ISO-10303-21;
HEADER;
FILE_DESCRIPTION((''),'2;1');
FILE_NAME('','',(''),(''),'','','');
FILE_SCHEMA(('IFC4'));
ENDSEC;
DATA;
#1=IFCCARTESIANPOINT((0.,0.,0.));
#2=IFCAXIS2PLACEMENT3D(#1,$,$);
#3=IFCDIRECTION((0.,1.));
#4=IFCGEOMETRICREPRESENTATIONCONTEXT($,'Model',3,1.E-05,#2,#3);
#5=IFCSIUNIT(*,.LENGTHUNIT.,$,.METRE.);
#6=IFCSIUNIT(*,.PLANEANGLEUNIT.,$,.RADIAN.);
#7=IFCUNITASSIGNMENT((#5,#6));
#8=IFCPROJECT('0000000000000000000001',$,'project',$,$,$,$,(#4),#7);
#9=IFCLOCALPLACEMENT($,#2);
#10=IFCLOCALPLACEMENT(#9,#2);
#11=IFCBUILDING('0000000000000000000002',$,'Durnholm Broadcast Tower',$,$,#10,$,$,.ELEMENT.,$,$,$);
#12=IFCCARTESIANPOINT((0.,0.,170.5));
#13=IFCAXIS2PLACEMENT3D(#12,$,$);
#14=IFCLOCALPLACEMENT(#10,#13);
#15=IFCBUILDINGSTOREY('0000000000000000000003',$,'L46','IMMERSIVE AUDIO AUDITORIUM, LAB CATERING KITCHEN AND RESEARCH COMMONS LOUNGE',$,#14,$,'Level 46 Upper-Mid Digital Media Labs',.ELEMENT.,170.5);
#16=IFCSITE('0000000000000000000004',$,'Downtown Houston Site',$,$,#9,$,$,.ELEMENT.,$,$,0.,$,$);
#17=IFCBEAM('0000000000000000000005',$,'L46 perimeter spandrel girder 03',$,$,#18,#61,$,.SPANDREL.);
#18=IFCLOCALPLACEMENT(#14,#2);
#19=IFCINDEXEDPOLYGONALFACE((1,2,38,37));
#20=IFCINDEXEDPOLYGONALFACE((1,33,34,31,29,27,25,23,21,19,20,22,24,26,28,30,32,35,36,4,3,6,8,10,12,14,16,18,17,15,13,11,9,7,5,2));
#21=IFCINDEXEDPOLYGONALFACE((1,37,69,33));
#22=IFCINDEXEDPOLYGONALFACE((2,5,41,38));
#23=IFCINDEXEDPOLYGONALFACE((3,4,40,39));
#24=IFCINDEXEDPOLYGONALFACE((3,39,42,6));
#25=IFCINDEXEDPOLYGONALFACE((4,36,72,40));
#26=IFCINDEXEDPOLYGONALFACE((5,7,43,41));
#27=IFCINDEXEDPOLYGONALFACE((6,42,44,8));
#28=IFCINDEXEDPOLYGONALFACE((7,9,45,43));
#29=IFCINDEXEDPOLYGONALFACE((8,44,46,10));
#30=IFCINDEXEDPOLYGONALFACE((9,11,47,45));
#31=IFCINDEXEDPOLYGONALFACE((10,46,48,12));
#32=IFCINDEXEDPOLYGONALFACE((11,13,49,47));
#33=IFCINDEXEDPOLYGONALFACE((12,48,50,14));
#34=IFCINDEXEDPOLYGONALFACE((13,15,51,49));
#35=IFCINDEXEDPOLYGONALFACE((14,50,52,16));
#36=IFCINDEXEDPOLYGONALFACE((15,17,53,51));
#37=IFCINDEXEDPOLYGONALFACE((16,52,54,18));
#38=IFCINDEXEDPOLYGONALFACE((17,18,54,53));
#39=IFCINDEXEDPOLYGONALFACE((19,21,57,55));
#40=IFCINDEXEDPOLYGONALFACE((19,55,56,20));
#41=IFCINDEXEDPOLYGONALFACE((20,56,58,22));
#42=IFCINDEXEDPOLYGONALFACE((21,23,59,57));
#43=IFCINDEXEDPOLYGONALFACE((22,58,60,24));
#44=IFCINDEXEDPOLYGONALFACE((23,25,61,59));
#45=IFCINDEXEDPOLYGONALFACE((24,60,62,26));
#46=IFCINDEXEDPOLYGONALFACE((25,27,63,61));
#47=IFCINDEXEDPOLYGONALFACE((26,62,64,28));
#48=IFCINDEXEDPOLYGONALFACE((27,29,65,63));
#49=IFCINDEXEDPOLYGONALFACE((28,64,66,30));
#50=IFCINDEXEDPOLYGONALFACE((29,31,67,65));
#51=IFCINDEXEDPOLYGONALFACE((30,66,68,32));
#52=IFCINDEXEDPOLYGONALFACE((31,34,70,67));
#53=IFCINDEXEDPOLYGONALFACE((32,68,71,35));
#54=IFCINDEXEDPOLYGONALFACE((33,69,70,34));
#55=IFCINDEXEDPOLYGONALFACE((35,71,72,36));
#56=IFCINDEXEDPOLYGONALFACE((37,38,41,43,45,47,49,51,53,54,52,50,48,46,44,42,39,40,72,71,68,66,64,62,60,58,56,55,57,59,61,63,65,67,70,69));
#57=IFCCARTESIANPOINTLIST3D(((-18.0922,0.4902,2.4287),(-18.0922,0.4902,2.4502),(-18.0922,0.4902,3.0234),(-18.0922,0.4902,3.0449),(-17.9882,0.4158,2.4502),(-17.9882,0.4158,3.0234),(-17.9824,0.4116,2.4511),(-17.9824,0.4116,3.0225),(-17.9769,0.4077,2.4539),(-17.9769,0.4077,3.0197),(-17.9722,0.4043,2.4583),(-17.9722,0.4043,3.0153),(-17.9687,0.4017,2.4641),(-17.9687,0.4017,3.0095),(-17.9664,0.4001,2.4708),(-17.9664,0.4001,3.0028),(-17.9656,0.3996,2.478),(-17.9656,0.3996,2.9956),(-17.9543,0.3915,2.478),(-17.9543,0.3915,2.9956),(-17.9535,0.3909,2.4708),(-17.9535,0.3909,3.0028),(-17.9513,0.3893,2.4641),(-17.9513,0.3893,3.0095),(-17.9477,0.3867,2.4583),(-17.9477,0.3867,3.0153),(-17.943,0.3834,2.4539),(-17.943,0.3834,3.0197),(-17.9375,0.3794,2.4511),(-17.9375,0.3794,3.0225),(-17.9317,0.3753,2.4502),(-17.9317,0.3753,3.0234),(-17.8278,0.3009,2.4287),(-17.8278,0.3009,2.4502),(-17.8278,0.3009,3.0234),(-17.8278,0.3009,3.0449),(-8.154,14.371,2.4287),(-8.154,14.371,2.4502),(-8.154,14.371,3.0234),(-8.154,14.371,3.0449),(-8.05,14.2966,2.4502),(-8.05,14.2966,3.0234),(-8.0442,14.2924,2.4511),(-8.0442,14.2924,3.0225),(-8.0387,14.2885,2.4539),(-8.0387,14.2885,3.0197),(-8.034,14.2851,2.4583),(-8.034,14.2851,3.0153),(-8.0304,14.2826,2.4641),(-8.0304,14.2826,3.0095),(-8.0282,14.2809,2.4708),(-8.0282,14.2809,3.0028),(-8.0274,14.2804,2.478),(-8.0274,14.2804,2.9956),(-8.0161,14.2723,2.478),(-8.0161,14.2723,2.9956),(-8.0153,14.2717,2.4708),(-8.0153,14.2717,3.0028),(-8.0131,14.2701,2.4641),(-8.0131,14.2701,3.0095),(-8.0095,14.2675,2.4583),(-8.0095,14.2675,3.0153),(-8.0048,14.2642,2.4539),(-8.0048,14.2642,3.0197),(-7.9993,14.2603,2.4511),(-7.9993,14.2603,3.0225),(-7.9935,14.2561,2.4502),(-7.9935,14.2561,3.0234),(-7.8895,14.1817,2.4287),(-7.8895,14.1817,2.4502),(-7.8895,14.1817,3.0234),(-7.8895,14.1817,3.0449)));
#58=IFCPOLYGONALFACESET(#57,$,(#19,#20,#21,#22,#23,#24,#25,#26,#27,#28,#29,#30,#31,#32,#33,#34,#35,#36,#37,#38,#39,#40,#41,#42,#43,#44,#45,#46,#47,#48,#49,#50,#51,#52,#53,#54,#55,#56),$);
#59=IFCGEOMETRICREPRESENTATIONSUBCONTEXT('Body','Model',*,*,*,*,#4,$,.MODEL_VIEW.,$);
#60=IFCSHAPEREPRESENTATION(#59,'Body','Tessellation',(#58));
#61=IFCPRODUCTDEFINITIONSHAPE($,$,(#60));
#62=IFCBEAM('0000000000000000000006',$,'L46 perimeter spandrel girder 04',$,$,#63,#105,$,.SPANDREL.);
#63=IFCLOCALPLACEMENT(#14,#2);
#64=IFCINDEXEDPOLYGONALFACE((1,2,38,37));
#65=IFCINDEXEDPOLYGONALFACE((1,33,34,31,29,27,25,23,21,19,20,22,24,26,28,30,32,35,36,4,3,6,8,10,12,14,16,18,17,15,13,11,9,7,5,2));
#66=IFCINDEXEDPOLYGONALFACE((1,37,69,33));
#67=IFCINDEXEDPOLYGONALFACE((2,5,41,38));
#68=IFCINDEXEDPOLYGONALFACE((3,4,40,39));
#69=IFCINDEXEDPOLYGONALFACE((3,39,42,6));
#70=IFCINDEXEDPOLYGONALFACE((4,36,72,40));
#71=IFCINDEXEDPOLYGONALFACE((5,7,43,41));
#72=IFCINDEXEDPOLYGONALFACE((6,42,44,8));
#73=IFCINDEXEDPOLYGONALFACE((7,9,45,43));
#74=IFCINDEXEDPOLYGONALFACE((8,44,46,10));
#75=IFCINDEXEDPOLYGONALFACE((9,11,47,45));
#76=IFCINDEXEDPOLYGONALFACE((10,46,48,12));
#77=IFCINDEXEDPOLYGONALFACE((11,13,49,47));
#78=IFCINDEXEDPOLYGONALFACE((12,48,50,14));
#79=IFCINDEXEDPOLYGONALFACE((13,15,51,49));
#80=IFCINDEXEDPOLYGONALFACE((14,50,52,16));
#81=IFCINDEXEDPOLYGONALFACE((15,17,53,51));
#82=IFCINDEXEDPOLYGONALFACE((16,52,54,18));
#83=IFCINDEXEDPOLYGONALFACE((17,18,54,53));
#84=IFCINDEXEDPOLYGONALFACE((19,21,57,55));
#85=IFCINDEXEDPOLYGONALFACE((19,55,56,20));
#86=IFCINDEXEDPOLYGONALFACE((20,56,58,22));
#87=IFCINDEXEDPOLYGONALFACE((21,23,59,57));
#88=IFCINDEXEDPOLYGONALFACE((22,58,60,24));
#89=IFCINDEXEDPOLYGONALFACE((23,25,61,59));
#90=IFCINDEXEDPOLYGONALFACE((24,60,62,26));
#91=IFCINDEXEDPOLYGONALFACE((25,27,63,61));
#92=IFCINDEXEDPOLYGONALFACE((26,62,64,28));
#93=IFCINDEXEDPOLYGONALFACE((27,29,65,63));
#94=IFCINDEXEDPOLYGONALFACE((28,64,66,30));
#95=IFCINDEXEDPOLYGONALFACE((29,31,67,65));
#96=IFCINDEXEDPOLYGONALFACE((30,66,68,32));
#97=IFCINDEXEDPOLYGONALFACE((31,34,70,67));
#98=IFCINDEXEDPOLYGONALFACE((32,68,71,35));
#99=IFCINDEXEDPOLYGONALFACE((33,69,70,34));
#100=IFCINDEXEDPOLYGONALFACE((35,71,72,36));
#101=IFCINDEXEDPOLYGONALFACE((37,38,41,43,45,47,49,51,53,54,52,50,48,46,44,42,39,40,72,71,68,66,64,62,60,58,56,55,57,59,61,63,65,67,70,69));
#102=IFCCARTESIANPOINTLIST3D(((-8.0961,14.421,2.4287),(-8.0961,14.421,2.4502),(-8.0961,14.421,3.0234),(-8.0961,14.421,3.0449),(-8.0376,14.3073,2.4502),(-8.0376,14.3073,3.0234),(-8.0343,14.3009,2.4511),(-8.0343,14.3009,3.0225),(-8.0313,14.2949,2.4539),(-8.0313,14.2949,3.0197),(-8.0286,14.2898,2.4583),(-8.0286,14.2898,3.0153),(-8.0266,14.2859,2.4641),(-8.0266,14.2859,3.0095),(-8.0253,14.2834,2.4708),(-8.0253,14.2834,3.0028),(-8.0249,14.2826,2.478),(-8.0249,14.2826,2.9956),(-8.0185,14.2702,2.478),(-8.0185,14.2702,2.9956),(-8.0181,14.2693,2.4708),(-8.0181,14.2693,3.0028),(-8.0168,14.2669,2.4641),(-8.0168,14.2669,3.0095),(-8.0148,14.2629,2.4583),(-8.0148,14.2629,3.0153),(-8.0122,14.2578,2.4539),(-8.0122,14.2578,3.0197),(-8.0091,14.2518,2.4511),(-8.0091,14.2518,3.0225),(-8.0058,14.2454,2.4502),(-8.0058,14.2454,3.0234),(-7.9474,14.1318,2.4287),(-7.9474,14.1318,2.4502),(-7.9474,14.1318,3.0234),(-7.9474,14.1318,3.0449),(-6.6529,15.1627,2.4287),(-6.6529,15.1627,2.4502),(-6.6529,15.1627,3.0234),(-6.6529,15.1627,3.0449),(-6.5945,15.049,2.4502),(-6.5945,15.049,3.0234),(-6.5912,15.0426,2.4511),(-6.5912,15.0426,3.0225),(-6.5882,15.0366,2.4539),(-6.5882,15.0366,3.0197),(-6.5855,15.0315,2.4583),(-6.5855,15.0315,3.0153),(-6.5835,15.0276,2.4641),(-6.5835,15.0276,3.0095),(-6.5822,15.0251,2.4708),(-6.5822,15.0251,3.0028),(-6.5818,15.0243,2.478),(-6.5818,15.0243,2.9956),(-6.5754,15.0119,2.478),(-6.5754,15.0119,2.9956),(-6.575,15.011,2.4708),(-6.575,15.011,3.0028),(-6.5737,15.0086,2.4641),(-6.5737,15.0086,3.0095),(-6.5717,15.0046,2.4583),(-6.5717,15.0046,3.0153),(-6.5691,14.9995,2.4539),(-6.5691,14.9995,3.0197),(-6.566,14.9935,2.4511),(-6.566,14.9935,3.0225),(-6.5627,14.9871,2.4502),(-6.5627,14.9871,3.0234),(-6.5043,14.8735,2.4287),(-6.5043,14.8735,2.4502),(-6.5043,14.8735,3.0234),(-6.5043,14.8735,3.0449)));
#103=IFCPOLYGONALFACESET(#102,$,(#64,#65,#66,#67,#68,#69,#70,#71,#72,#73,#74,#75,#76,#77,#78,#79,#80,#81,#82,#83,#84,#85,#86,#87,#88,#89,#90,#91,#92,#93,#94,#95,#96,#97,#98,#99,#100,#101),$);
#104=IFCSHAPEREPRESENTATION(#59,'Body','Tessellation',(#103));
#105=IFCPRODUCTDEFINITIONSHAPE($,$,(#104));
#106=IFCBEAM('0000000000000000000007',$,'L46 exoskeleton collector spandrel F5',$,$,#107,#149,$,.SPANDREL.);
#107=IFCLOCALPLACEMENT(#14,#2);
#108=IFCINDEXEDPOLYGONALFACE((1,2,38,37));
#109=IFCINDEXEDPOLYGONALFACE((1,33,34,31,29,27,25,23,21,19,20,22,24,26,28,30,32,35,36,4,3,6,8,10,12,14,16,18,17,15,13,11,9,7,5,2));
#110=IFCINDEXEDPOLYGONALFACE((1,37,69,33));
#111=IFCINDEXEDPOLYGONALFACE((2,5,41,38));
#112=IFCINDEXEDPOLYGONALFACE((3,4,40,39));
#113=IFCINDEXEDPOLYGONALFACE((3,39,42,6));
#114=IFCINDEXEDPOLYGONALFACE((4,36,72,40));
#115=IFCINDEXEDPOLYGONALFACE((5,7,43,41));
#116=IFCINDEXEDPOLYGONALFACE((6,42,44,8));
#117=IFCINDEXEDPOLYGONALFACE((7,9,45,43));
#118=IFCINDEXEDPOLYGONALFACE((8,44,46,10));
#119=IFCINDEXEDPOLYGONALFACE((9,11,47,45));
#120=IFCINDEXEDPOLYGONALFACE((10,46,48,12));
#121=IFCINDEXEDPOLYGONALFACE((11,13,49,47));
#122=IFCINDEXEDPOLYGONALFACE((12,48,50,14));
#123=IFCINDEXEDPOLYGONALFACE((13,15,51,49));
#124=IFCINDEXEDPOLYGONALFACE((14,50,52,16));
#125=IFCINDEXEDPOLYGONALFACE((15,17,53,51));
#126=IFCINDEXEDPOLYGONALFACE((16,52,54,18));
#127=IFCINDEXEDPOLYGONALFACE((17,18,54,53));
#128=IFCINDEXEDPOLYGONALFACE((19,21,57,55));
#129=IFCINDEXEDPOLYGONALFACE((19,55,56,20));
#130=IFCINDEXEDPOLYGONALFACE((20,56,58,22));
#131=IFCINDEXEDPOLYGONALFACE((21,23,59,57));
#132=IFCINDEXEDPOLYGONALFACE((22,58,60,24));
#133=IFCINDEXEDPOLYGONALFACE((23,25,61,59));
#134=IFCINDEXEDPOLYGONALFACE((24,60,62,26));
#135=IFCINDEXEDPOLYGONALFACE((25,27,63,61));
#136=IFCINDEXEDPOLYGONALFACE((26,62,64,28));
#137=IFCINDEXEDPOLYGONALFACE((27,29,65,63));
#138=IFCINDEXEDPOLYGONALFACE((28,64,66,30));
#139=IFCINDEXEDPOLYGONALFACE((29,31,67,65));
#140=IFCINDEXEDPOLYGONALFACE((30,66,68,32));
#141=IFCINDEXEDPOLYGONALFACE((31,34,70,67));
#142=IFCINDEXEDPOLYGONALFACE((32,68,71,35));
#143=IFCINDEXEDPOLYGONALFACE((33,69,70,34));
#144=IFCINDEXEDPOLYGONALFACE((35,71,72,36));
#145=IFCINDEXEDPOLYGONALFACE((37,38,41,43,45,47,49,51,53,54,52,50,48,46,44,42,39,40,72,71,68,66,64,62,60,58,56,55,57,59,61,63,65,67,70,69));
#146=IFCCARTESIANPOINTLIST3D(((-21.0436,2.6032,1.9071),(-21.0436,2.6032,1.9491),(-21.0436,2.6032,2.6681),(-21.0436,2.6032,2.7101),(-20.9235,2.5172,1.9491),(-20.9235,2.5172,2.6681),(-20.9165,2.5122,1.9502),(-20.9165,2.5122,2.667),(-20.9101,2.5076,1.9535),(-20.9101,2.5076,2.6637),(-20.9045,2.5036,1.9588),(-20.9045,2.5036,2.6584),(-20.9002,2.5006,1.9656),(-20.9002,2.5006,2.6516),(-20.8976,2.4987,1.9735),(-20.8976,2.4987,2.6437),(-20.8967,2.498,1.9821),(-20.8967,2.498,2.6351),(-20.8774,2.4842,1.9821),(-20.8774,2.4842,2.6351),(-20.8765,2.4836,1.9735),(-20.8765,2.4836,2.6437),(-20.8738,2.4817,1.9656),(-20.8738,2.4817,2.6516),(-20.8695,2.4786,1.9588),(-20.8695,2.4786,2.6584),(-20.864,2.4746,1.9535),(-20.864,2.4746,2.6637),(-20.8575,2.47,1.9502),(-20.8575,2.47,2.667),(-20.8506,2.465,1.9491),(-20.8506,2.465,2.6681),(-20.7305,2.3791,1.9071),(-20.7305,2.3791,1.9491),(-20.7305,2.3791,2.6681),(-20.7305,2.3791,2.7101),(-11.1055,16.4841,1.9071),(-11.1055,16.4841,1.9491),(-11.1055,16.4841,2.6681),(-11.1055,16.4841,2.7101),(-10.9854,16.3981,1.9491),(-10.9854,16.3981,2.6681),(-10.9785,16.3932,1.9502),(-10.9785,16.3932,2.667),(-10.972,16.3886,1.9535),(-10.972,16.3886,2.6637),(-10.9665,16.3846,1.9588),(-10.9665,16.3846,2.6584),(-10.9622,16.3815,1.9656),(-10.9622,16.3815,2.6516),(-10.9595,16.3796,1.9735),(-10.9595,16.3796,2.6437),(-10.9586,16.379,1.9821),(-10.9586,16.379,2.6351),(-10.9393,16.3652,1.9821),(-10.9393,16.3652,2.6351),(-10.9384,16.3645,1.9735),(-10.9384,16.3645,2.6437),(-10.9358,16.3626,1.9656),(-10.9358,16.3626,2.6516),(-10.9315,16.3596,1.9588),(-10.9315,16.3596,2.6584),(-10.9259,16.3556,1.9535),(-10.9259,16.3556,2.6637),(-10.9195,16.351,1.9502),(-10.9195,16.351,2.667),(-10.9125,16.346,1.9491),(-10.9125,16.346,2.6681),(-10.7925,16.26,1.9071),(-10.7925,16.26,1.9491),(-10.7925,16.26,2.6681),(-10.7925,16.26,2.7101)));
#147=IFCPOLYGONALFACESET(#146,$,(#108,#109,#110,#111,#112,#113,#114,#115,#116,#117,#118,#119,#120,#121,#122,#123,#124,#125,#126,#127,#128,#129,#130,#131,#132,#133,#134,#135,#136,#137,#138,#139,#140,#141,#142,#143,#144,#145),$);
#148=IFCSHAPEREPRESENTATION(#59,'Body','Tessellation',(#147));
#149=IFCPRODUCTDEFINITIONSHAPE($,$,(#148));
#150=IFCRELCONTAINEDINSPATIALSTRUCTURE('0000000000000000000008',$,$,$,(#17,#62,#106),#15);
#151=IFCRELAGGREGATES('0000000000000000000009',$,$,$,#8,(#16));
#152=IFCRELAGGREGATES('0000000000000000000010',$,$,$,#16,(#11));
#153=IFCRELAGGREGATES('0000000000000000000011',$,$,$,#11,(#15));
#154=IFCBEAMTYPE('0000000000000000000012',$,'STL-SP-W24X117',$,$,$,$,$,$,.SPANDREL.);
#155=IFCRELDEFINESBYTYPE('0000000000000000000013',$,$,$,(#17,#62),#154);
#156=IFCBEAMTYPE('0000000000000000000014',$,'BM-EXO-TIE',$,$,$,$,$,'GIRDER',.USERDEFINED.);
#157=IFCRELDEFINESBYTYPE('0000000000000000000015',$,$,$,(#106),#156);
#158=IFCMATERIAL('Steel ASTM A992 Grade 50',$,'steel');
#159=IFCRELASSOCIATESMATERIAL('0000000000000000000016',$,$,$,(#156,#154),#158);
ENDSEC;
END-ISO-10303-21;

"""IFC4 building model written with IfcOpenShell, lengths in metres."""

from ifc_helpers import new_model, si_unit, direction, frame, origin, origin_2d, place, context, subcontext, project, spatial, i_section, extrude, source, transform, mapped, material, material_profile, profile_set, type_object, type_shapes, element, save


model = new_model("IFC4")

# Units and contexts
model_context = context("Model", 3, precision=1e-05, world=origin(), true_north=direction((0.0, 1.0)))
body_context = subcontext(model_context, "Body", "Model", "MODEL_VIEW")
ifc_project = project(units=[si_unit("LENGTHUNIT", "METRE"), si_unit("PLANEANGLEUNIT", "RADIAN")], contexts=[model_context])

# Site, building, storey
site_placement = place(None, origin())
site = spatial("IfcSite", under=ifc_project, at=site_placement, Name="Downtown Houston Site", CompositionType="ELEMENT", RefElevation=0.0)
building_placement = place(site_placement, origin())
building = spatial("IfcBuilding", under=site, at=building_placement, Name="Durnholm Broadcast Tower", CompositionType="ELEMENT")
storey_placement = place(building_placement, frame((0.0, 0.0, 170.5)))
storey = spatial("IfcBuildingStorey", under=building, at=storey_placement, Name="L46", Description="IMMERSIVE AUDIO AUDITORIUM, LAB CATERING KITCHEN AND RESEARCH COMMONS LOUNGE", LongName="Level 46 Upper-Mid Digital Media Labs", CompositionType="ELEMENT", Elevation=170.5)

# Beams
ifc_material_1 = material(Name="Steel ASTM A992 Grade 50", Category="steel")
ifc_material_profile_1 = material_profile(ifc_material_1, i_section(OverallWidth=0.385, OverallDepth=0.803, WebThickness=0.0237, FlangeThickness=0.042, FilletRadius=0.033, at=origin_2d()), Name="W30X261")
ifc_profile_set_1 = profile_set([ifc_material_profile_1], Name="Steel ASTM A992 Grade 50")
beam_type_1 = type_object("IfcBeamType", Name="BM-EXO-TIE", ElementType="GIRDER", PredefinedType="USERDEFINED", material=ifc_profile_set_1)
ifc_material_profile_2 = material_profile(ifc_material_1, i_section(OverallWidth=0.3252, OverallDepth=0.6162, WebThickness=0.0139, FlangeThickness=0.0215, FilletRadius=0.0278, at=origin_2d()), Name="W24X117")
ifc_profile_set_2 = profile_set([ifc_material_profile_2], Name="Steel ASTM A992 Grade 50")
beam_type_2 = type_object("IfcBeamType", Name="STL-SP-W24X117", PredefinedType="SPANDREL", material=ifc_profile_set_2)
shared_shape_1 = source(origin(), body_context, "Body", "SweptSolid", [
    extrude(i_section(OverallWidth=0.3252, OverallDepth=0.6162, WebThickness=0.0139, FlangeThickness=0.0215, FilletRadius=0.0278, at=origin_2d()), origin(), (0.0, 0.0, 1.0), 17.0718),
])
beam_1_placement = place(storey_placement, frame((-17.96, 0.3955, 2.7368), z_axis=(0.582143, 0.813087, 0.0), x_axis=(-0.813087, 0.582143, 0.0)))
element("IfcBeam", 1, at=beam_1_placement, inside=storey, type_object=beam_type_2, Name="L46 perimeter spandrel girder 03", PredefinedType="SPANDREL", context=body_context, shape_type="MappedRepresentation", body=[
    mapped(shared_shape_1, transform((0.0, 0.0, 0.0), x_axis=(1.0, 0.0, 0.0), y_axis=(0.0, 1.0, 0.0), z_axis=(0.0, 0.0, 1.0), scale=1.0)),
])
shared_shape_2 = source(origin(), body_context, "Body", "SweptSolid", [
    extrude(i_section(OverallWidth=0.3252, OverallDepth=0.6162, WebThickness=0.0139, FlangeThickness=0.0215, FilletRadius=0.0278, at=origin_2d()), origin(), (0.0, 0.0, 1.0), 1.6226),
])
type_shapes(beam_type_2, [shared_shape_1, shared_shape_2])
beam_2_placement = place(storey_placement, frame((-8.0217, 14.2764, 2.7368), z_axis=(0.889407, 0.457117, 0.0), x_axis=(-0.457117, 0.889407, 0.0)))
element("IfcBeam", 2, at=beam_2_placement, inside=storey, type_object=beam_type_2, Name="L46 perimeter spandrel girder 04", PredefinedType="SPANDREL", context=body_context, shape_type="MappedRepresentation", body=[
    mapped(shared_shape_2, transform((0.0, 0.0, 0.0), x_axis=(1.0, 0.0, 0.0), y_axis=(0.0, 1.0, 0.0), z_axis=(0.0, 0.0, 1.0), scale=1.0)),
])
shared_shape_3 = source(origin(), body_context, "Body", "SweptSolid", [
    extrude(i_section(OverallWidth=0.385, OverallDepth=0.803, WebThickness=0.0237, FlangeThickness=0.042, FilletRadius=0.033, at=origin_2d()), origin(), (0.0, 0.0, 1.0), 17.0718),
])
beam_3_placement = place(storey_placement, frame((-10.949, 16.3721, 2.3086), z_axis=(-0.582133, -0.813093, 0.0), x_axis=(0.813093, -0.582133, 0.0)))
element("IfcBeam", 3, at=beam_3_placement, inside=storey, type_object=beam_type_1, Name="L46 exoskeleton collector spandrel F5", PredefinedType="SPANDREL", context=body_context, shape_type="MappedRepresentation", body=[
    mapped(shared_shape_3, transform((0.0, 0.0, 0.0), x_axis=(1.0, 0.0, 0.0), y_axis=(0.0, 1.0, 0.0), z_axis=(0.0, 0.0, 1.0), scale=1.0)),
])

save(model, "model.ifc")
